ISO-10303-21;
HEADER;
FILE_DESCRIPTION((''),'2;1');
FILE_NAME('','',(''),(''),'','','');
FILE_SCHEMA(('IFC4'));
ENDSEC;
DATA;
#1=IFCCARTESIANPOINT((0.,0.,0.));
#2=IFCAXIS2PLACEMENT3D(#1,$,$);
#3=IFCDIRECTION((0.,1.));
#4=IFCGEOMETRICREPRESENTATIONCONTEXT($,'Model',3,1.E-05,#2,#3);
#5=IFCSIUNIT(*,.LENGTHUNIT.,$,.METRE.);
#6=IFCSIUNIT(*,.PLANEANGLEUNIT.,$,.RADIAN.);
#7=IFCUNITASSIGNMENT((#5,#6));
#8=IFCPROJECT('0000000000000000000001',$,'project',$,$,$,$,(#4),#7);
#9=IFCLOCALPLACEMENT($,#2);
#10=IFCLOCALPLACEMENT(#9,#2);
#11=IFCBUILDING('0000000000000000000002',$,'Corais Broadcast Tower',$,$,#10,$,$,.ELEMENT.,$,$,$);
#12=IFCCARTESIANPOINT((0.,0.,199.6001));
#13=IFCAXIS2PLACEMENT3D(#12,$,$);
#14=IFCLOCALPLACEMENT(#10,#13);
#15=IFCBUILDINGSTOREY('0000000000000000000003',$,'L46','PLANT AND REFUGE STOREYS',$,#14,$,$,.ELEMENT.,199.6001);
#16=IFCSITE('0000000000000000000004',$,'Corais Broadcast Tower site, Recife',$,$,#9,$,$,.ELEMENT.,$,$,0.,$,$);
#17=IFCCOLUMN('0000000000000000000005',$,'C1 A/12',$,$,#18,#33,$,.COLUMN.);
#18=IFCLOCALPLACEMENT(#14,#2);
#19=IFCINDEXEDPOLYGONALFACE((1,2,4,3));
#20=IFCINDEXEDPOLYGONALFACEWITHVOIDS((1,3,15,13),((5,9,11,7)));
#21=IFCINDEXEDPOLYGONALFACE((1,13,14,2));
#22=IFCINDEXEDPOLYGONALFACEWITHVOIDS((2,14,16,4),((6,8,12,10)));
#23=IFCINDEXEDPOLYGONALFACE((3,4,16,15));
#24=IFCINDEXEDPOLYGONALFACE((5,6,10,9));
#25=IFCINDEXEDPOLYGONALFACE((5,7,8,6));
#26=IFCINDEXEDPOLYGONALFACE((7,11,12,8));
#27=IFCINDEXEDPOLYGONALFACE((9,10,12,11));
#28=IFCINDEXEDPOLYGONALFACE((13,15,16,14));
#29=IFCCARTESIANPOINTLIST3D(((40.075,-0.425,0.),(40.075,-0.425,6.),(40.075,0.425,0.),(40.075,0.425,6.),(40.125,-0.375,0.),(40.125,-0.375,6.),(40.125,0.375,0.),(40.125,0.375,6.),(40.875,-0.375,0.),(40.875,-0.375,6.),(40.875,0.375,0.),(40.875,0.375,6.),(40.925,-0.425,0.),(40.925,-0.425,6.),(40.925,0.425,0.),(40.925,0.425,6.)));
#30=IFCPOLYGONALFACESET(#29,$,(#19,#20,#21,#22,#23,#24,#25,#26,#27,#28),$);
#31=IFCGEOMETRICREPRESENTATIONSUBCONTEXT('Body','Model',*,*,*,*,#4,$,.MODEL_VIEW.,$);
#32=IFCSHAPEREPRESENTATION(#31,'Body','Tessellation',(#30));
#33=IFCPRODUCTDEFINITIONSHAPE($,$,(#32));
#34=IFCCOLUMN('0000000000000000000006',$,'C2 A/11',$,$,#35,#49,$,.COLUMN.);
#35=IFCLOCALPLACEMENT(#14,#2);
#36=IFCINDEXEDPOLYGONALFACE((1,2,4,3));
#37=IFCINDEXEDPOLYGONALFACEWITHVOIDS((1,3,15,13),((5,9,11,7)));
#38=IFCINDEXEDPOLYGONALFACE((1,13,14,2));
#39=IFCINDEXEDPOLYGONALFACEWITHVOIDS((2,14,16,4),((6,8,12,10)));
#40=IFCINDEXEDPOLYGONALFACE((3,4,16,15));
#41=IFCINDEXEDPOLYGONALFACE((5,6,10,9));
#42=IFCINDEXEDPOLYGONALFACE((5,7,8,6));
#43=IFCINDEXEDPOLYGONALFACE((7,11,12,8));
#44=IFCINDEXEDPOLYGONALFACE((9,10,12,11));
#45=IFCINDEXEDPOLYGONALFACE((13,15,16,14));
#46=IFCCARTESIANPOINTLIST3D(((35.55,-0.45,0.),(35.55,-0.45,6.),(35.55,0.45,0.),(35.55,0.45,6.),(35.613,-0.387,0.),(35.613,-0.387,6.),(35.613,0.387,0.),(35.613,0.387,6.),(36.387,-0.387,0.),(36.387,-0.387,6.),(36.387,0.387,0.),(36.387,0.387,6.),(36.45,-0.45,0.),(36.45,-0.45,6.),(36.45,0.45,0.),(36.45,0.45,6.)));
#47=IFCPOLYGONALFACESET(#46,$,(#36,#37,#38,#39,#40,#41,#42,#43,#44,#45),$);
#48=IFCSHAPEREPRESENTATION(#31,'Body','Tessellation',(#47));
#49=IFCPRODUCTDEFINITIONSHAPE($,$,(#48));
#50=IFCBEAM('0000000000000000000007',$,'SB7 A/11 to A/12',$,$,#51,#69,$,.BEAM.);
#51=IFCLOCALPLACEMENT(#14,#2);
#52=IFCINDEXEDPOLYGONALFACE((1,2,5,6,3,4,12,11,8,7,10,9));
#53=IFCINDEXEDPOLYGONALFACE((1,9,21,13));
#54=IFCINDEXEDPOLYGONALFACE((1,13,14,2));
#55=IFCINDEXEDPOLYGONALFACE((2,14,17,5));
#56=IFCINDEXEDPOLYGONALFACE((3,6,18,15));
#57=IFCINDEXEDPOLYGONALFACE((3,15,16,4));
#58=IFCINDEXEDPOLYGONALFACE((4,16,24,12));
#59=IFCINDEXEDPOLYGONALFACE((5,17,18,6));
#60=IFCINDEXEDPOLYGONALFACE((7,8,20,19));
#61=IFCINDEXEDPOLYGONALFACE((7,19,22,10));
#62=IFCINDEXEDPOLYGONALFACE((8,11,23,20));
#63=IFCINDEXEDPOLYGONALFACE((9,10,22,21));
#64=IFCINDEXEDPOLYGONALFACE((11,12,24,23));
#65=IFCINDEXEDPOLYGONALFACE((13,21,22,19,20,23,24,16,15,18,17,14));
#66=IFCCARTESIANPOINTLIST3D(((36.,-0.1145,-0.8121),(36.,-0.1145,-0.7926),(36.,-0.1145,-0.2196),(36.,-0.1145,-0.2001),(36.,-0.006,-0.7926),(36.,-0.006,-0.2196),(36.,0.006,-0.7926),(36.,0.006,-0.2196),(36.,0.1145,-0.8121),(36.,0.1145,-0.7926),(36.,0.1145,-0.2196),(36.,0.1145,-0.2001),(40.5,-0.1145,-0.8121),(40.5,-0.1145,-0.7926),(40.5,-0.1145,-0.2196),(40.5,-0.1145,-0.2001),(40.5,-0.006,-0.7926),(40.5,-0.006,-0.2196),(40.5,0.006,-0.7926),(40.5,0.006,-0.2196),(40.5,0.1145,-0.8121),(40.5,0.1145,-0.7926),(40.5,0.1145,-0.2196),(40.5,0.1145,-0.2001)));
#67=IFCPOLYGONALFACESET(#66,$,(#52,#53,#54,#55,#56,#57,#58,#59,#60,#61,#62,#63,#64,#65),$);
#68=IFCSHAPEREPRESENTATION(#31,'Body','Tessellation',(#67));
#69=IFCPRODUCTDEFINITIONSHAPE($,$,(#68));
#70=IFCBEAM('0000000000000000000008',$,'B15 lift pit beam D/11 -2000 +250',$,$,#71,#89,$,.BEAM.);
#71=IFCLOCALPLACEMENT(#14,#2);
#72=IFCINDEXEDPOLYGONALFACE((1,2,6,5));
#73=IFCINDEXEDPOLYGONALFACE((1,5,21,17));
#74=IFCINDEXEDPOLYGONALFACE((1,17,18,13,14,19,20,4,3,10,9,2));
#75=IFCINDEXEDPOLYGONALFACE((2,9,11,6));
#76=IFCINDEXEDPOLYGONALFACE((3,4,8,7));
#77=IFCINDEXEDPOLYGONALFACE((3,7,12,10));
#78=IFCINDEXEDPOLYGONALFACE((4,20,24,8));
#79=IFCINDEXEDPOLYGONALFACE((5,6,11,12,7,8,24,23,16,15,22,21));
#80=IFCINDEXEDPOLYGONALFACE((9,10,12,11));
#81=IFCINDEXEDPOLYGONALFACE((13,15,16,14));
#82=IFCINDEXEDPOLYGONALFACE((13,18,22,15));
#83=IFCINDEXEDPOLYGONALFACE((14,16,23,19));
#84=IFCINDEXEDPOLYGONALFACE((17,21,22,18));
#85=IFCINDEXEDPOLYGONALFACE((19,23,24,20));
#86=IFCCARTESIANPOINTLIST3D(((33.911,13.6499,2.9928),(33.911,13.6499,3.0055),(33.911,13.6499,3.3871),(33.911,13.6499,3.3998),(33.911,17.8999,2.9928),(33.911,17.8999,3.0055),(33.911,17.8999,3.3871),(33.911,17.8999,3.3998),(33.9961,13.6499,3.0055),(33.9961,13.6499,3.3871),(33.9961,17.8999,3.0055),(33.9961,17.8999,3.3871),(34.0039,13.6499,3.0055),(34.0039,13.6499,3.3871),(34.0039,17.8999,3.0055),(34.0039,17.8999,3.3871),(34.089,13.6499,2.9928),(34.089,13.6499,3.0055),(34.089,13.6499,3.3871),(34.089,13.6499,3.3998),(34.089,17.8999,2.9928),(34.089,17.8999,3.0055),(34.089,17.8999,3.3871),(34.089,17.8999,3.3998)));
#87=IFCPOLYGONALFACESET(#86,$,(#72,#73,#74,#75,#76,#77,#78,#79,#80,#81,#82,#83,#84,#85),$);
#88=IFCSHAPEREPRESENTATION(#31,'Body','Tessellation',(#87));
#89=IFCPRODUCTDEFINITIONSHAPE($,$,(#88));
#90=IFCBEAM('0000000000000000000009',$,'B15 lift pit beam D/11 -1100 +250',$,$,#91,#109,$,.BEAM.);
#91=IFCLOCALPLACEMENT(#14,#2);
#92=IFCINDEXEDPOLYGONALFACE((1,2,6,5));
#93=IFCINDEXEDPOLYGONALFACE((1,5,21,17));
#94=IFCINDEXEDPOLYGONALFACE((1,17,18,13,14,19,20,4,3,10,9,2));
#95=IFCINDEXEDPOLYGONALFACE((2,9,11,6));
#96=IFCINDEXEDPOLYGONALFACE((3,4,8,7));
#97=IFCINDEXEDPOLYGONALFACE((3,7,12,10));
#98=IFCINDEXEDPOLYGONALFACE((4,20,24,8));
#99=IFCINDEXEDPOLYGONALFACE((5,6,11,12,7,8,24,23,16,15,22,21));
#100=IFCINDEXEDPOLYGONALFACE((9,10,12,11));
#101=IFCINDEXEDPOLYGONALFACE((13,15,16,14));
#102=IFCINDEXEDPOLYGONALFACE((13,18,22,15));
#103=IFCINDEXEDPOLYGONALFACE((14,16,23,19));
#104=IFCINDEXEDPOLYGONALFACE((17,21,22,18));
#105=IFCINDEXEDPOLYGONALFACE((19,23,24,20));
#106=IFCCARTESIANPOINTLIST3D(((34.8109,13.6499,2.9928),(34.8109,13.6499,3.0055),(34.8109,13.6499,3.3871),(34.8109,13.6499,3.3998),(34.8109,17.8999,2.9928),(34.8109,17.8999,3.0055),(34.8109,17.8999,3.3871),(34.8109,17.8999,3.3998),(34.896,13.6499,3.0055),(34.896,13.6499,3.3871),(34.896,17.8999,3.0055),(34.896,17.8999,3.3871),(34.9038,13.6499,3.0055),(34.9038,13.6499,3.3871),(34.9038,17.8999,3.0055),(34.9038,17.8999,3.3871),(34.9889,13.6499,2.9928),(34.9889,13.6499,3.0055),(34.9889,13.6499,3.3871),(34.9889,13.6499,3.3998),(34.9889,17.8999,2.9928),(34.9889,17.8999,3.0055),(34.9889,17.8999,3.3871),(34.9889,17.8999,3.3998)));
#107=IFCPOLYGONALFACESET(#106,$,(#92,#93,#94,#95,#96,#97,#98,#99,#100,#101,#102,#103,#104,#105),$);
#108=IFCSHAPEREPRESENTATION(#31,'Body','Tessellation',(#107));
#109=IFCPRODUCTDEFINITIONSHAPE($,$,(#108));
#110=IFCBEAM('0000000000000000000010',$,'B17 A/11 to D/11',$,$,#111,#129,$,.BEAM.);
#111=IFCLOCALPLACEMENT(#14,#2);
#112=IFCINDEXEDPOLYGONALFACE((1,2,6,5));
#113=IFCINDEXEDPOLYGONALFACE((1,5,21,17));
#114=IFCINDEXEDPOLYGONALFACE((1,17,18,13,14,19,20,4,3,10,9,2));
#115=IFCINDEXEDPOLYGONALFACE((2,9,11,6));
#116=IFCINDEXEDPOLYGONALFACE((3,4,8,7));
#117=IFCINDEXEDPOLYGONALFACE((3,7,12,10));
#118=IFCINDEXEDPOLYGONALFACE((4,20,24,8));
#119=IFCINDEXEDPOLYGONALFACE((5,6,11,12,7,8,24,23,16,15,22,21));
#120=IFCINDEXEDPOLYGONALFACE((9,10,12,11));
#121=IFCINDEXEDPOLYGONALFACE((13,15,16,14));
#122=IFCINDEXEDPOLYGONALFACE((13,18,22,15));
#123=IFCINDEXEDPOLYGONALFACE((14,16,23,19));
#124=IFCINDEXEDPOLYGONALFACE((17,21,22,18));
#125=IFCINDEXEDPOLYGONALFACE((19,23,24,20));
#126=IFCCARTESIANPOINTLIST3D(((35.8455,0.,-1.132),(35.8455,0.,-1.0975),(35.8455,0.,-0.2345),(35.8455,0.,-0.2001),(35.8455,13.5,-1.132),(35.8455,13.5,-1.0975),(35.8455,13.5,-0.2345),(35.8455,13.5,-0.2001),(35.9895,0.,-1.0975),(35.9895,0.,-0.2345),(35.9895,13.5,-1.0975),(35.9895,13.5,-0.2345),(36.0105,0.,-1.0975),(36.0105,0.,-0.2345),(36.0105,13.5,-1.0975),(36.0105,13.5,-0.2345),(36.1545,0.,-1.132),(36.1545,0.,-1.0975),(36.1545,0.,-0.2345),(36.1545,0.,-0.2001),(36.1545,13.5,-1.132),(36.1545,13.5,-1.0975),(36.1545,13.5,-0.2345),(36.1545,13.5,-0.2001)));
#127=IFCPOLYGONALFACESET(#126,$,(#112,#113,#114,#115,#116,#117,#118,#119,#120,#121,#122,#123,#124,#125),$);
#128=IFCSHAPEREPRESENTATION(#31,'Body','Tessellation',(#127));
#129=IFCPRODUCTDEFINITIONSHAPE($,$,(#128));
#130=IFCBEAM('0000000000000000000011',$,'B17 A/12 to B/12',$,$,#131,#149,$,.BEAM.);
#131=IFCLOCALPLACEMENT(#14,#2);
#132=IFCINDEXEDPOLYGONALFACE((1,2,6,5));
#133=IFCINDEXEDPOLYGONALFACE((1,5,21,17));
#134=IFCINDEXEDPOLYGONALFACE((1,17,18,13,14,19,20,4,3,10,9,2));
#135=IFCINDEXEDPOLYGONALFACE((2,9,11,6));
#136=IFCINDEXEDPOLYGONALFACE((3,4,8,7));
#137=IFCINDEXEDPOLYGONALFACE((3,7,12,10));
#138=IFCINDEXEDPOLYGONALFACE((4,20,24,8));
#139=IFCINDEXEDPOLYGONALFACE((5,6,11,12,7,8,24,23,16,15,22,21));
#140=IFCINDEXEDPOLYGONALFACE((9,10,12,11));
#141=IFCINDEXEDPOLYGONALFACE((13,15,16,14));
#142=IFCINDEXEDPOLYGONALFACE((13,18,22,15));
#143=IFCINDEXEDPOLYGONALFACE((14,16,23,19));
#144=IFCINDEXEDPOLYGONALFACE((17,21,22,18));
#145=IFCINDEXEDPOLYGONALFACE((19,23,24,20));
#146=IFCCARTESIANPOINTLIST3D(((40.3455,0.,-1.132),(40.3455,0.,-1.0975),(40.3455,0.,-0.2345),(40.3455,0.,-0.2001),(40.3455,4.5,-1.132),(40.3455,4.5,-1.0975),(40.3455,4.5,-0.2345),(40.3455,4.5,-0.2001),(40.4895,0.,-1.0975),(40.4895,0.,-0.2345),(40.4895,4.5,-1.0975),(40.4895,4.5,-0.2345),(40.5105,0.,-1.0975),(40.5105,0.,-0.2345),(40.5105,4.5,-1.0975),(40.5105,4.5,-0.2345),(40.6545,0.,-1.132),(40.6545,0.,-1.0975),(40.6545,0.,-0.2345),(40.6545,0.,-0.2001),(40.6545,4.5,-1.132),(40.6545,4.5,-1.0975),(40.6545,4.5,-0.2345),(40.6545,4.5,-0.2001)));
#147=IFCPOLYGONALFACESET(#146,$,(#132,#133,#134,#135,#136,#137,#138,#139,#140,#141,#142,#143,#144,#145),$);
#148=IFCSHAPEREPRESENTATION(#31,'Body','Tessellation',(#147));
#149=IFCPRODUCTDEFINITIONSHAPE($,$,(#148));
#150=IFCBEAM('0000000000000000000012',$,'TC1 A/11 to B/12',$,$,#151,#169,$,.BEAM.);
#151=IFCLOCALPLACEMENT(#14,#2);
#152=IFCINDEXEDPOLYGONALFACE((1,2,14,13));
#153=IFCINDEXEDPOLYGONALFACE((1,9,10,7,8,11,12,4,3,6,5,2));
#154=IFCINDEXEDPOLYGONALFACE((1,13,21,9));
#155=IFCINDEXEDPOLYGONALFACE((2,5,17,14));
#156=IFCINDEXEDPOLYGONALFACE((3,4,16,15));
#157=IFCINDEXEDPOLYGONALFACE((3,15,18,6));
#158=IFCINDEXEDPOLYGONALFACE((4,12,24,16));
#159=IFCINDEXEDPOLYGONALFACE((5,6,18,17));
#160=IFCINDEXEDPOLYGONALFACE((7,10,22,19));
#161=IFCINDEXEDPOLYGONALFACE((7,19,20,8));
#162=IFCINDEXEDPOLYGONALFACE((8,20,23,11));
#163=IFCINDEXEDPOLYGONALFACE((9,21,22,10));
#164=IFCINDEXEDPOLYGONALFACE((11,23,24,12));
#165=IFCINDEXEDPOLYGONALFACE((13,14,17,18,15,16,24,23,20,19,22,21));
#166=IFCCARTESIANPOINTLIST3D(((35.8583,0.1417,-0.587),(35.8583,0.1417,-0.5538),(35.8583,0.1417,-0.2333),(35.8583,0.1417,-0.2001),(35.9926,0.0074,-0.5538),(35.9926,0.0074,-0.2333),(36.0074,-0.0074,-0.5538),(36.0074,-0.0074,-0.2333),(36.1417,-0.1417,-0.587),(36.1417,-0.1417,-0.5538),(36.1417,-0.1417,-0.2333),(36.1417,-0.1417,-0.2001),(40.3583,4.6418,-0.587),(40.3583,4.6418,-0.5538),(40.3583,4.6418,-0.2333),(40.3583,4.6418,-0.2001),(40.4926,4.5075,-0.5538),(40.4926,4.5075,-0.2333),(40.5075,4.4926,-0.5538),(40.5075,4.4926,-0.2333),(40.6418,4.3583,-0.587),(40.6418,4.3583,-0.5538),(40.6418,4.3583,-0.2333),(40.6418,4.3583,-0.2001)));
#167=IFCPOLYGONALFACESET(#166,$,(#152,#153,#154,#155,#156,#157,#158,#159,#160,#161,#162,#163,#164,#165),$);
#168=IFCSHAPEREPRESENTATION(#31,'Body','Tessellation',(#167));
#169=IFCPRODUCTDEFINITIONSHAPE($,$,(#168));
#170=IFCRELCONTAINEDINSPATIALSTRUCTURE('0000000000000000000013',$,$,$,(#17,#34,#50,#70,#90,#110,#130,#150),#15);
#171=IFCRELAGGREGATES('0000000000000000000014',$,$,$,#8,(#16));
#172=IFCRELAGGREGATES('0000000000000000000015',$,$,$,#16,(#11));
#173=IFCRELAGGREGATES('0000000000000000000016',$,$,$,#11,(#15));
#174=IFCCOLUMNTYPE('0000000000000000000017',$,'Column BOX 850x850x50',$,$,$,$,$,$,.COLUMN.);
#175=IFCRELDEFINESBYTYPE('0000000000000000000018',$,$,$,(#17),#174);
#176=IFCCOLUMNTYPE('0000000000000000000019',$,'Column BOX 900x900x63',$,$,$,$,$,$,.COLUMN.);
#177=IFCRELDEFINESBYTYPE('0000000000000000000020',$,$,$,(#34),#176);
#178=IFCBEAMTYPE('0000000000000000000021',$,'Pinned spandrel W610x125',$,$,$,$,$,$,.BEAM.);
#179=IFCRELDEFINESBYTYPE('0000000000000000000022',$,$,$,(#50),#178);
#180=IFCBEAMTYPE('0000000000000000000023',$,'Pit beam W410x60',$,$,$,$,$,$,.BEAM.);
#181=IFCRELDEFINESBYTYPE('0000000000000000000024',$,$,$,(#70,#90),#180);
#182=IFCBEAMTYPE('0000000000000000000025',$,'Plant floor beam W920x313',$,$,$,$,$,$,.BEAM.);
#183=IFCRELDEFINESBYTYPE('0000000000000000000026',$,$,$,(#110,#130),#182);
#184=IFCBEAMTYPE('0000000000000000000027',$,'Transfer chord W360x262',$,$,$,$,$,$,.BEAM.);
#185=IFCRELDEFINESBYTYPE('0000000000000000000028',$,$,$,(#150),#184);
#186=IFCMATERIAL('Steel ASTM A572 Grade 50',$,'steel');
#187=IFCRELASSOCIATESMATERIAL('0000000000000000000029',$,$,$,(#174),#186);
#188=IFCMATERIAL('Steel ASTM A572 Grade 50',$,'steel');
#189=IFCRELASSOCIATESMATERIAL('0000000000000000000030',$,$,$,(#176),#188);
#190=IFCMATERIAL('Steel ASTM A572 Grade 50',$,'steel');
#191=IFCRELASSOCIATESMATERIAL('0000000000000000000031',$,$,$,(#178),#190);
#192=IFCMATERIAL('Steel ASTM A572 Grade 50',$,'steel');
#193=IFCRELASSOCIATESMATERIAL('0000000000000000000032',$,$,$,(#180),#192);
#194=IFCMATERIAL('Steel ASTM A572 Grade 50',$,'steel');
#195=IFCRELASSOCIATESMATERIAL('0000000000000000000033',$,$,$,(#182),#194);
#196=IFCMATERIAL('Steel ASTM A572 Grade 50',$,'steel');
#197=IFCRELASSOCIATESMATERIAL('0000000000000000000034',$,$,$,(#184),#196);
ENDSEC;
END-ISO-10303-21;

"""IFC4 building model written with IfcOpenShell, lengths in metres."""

from ifc_helpers import new_model, si_unit, direction, frame, origin, origin_2d, place, context, subcontext, project, spatial, hollow_rectangle, i_section, extrude, material, material_profile, profile_set, type_object, element, save


model = new_model("IFC4")

# Units and contexts
model_context = context("Model", 3, precision=1e-05, world=origin(), true_north=direction((0.0, 1.0)))
body_context = subcontext(model_context, "Body", "Model", "MODEL_VIEW")
ifc_project = project(units=[si_unit("LENGTHUNIT", "METRE"), si_unit("PLANEANGLEUNIT", "RADIAN")], contexts=[model_context])

# Site, building, storey
site_placement = place(None, origin())
site = spatial("IfcSite", under=ifc_project, at=site_placement, Name="Corais Broadcast Tower site, Recife", CompositionType="ELEMENT", RefElevation=0.0)
building_placement = place(site_placement, origin())
building = spatial("IfcBuilding", under=site, at=building_placement, Name="Corais Broadcast Tower", CompositionType="ELEMENT")
storey_placement = place(building_placement, frame((0.0, 0.0, 199.6001)))
storey = spatial("IfcBuildingStorey", under=building, at=storey_placement, Name="L46", Description="PLANT AND REFUGE STOREYS", CompositionType="ELEMENT", Elevation=199.6001)

# Columns
ifc_material_1 = material(Name="Steel ASTM A572 Grade 50", Category="steel")
ifc_material_profile_1 = material_profile(ifc_material_1, hollow_rectangle(XDim=0.8501, YDim=0.8501, WallThickness=0.05, at=origin_2d()), Name="BOX 850x850x50")
ifc_profile_set_1 = profile_set([ifc_material_profile_1], Name="Steel ASTM A572 Grade 50")
column_type_1 = type_object("IfcColumnType", Name="Column BOX 850x850x50", PredefinedType="COLUMN", material=ifc_profile_set_1)
column_1_placement = place(storey_placement, frame((40.5, 0.0, 0.0), z_axis=(0.0, 0.0, 1.0), x_axis=(1.0, 0.0, 0.0)))
element("IfcColumn", 1, at=column_1_placement, inside=storey, type_object=column_type_1, Name="C1 A/12", PredefinedType="COLUMN", context=body_context, shape_type="SweptSolid", body=[
    extrude(hollow_rectangle(XDim=0.8501, YDim=0.8501, WallThickness=0.05, at=origin_2d()), origin(), (0.0, 0.0, 1.0), 6.0),
])
ifc_material_2 = material(Name="Steel ASTM A572 Grade 50", Category="steel")
ifc_material_profile_2 = material_profile(ifc_material_2, hollow_rectangle(XDim=0.8999, YDim=0.8999, WallThickness=0.063, at=origin_2d()), Name="BOX 900x900x63")
ifc_profile_set_2 = profile_set([ifc_material_profile_2], Name="Steel ASTM A572 Grade 50")
column_type_2 = type_object("IfcColumnType", Name="Column BOX 900x900x63", PredefinedType="COLUMN", material=ifc_profile_set_2)
column_2_placement = place(storey_placement, frame((36.0, 0.0, 0.0), z_axis=(0.0, 0.0, 1.0), x_axis=(1.0, 0.0, 0.0)))
element("IfcColumn", 2, at=column_2_placement, inside=storey, type_object=column_type_2, Name="C2 A/11", PredefinedType="COLUMN", context=body_context, shape_type="SweptSolid", body=[
    extrude(hollow_rectangle(XDim=0.8999, YDim=0.8999, WallThickness=0.063, at=origin_2d()), origin(), (0.0, 0.0, 1.0), 6.0),
])

# Beams
ifc_material_3 = material(Name="Steel ASTM A572 Grade 50", Category="steel")
ifc_material_profile_3 = material_profile(ifc_material_3, i_section(OverallWidth=0.229, OverallDepth=0.6121, WebThickness=0.012, FlangeThickness=0.0195, at=origin_2d()), Name="W610x125")
ifc_profile_set_3 = profile_set([ifc_material_profile_3], Name="Steel ASTM A572 Grade 50")
beam_type_1 = type_object("IfcBeamType", Name="Pinned spandrel W610x125", PredefinedType="BEAM", material=ifc_profile_set_3)
beam_1_placement = place(storey_placement, frame((36.0, 0.0, -0.5061), z_axis=(1.0, 0.0, 0.0), x_axis=(0.0, 1.0, 0.0)))
element("IfcBeam", 3, at=beam_1_placement, inside=storey, type_object=beam_type_1, Name="SB7 A/11 to A/12", PredefinedType="BEAM", context=body_context, shape_type="SweptSolid", body=[
    extrude(i_section(OverallWidth=0.229, OverallDepth=0.6121, WebThickness=0.012, FlangeThickness=0.0195, at=origin_2d()), origin(), (0.0, 0.0, 1.0), 4.5),
])
ifc_material_4 = material(Name="Steel ASTM A572 Grade 50", Category="steel")
ifc_material_profile_4 = material_profile(ifc_material_4, i_section(OverallWidth=0.178, OverallDepth=0.407, WebThickness=0.0078, FlangeThickness=0.0127, at=origin_2d()), Name="W410x60")
ifc_profile_set_4 = profile_set([ifc_material_profile_4], Name="Steel ASTM A572 Grade 50")
beam_type_2 = type_object("IfcBeamType", Name="Pit beam W410x60", PredefinedType="BEAM", material=ifc_profile_set_4)
for number, where, z_axis, x_axis, name in (
    (4, (34.0, 13.6499, 3.1963), (0.0, 1.0, 0.0), (-1.0, 0.0, 0.0), "B15 lift pit beam D/11 -2000 +250"),
    (5, (34.8999, 13.6499, 3.1963), (0.0, 1.0, 0.0), (-1.0, 0.0, 0.0), "B15 lift pit beam D/11 -1100 +250"),
):
    element("IfcBeam", number, at=place(storey_placement, frame(where, z_axis=z_axis, x_axis=x_axis)), inside=storey, type_object=beam_type_2, Name=name, PredefinedType="BEAM", context=body_context, shape_type="SweptSolid", body=[
        extrude(i_section(OverallWidth=0.178, OverallDepth=0.407, WebThickness=0.0078, FlangeThickness=0.0127, at=origin_2d()), origin(), (0.0, 0.0, 1.0), 4.25),
    ])
ifc_material_5 = material(Name="Steel ASTM A572 Grade 50", Category="steel")
ifc_material_profile_5 = material_profile(ifc_material_5, i_section(OverallWidth=0.3091, OverallDepth=0.9319, WebThickness=0.021, FlangeThickness=0.0344, at=origin_2d()), Name="W920x313")
ifc_profile_set_5 = profile_set([ifc_material_profile_5], Name="Steel ASTM A572 Grade 50")
beam_type_3 = type_object("IfcBeamType", Name="Plant floor beam W920x313", PredefinedType="BEAM", material=ifc_profile_set_5)
beam_2_placement = place(storey_placement, frame((36.0, 0.0, -0.666), z_axis=(0.0, 1.0, 0.0), x_axis=(-1.0, 0.0, 0.0)))
element("IfcBeam", 6, at=beam_2_placement, inside=storey, type_object=beam_type_3, Name="B17 A/11 to D/11", PredefinedType="BEAM", context=body_context, shape_type="SweptSolid", body=[
    extrude(i_section(OverallWidth=0.3091, OverallDepth=0.9319, WebThickness=0.021, FlangeThickness=0.0344, at=origin_2d()), origin(), (0.0, 0.0, 1.0), 13.5),
])
beam_3_placement = place(storey_placement, frame((40.5, 0.0, -0.666), z_axis=(0.0, 1.0, 0.0), x_axis=(-1.0, 0.0, 0.0)))
element("IfcBeam", 7, at=beam_3_placement, inside=storey, type_object=beam_type_3, Name="B17 A/12 to B/12", PredefinedType="BEAM", context=body_context, shape_type="SweptSolid", body=[
    extrude(i_section(OverallWidth=0.3091, OverallDepth=0.9319, WebThickness=0.021, FlangeThickness=0.0344, at=origin_2d()), origin(), (0.0, 0.0, 1.0), 4.5),
])
ifc_material_6 = material(Name="Steel ASTM A572 Grade 50", Category="steel")
ifc_material_profile_6 = material_profile(ifc_material_6, i_section(OverallWidth=0.4009, OverallDepth=0.387, WebThickness=0.021, FlangeThickness=0.0332, at=origin_2d()), Name="W360x262")
ifc_profile_set_6 = profile_set([ifc_material_profile_6], Name="Steel ASTM A572 Grade 50")
beam_type_4 = type_object("IfcBeamType", Name="Transfer chord W360x262", PredefinedType="BEAM", material=ifc_profile_set_6)
beam_4_placement = place(storey_placement, frame((36.0, 0.0, -0.3936), z_axis=(0.707107, 0.707107, 0.0), x_axis=(-0.707107, 0.707107, 0.0)))
element("IfcBeam", 8, at=beam_4_placement, inside=storey, type_object=beam_type_4, Name="TC1 A/11 to B/12", PredefinedType="BEAM", context=body_context, shape_type="SweptSolid", body=[
    extrude(i_section(OverallWidth=0.4009, OverallDepth=0.387, WebThickness=0.021, FlangeThickness=0.0332, at=origin_2d()), origin(), (0.0, 0.0, 1.0), 6.364),
])

save(model, "model.ifc")
